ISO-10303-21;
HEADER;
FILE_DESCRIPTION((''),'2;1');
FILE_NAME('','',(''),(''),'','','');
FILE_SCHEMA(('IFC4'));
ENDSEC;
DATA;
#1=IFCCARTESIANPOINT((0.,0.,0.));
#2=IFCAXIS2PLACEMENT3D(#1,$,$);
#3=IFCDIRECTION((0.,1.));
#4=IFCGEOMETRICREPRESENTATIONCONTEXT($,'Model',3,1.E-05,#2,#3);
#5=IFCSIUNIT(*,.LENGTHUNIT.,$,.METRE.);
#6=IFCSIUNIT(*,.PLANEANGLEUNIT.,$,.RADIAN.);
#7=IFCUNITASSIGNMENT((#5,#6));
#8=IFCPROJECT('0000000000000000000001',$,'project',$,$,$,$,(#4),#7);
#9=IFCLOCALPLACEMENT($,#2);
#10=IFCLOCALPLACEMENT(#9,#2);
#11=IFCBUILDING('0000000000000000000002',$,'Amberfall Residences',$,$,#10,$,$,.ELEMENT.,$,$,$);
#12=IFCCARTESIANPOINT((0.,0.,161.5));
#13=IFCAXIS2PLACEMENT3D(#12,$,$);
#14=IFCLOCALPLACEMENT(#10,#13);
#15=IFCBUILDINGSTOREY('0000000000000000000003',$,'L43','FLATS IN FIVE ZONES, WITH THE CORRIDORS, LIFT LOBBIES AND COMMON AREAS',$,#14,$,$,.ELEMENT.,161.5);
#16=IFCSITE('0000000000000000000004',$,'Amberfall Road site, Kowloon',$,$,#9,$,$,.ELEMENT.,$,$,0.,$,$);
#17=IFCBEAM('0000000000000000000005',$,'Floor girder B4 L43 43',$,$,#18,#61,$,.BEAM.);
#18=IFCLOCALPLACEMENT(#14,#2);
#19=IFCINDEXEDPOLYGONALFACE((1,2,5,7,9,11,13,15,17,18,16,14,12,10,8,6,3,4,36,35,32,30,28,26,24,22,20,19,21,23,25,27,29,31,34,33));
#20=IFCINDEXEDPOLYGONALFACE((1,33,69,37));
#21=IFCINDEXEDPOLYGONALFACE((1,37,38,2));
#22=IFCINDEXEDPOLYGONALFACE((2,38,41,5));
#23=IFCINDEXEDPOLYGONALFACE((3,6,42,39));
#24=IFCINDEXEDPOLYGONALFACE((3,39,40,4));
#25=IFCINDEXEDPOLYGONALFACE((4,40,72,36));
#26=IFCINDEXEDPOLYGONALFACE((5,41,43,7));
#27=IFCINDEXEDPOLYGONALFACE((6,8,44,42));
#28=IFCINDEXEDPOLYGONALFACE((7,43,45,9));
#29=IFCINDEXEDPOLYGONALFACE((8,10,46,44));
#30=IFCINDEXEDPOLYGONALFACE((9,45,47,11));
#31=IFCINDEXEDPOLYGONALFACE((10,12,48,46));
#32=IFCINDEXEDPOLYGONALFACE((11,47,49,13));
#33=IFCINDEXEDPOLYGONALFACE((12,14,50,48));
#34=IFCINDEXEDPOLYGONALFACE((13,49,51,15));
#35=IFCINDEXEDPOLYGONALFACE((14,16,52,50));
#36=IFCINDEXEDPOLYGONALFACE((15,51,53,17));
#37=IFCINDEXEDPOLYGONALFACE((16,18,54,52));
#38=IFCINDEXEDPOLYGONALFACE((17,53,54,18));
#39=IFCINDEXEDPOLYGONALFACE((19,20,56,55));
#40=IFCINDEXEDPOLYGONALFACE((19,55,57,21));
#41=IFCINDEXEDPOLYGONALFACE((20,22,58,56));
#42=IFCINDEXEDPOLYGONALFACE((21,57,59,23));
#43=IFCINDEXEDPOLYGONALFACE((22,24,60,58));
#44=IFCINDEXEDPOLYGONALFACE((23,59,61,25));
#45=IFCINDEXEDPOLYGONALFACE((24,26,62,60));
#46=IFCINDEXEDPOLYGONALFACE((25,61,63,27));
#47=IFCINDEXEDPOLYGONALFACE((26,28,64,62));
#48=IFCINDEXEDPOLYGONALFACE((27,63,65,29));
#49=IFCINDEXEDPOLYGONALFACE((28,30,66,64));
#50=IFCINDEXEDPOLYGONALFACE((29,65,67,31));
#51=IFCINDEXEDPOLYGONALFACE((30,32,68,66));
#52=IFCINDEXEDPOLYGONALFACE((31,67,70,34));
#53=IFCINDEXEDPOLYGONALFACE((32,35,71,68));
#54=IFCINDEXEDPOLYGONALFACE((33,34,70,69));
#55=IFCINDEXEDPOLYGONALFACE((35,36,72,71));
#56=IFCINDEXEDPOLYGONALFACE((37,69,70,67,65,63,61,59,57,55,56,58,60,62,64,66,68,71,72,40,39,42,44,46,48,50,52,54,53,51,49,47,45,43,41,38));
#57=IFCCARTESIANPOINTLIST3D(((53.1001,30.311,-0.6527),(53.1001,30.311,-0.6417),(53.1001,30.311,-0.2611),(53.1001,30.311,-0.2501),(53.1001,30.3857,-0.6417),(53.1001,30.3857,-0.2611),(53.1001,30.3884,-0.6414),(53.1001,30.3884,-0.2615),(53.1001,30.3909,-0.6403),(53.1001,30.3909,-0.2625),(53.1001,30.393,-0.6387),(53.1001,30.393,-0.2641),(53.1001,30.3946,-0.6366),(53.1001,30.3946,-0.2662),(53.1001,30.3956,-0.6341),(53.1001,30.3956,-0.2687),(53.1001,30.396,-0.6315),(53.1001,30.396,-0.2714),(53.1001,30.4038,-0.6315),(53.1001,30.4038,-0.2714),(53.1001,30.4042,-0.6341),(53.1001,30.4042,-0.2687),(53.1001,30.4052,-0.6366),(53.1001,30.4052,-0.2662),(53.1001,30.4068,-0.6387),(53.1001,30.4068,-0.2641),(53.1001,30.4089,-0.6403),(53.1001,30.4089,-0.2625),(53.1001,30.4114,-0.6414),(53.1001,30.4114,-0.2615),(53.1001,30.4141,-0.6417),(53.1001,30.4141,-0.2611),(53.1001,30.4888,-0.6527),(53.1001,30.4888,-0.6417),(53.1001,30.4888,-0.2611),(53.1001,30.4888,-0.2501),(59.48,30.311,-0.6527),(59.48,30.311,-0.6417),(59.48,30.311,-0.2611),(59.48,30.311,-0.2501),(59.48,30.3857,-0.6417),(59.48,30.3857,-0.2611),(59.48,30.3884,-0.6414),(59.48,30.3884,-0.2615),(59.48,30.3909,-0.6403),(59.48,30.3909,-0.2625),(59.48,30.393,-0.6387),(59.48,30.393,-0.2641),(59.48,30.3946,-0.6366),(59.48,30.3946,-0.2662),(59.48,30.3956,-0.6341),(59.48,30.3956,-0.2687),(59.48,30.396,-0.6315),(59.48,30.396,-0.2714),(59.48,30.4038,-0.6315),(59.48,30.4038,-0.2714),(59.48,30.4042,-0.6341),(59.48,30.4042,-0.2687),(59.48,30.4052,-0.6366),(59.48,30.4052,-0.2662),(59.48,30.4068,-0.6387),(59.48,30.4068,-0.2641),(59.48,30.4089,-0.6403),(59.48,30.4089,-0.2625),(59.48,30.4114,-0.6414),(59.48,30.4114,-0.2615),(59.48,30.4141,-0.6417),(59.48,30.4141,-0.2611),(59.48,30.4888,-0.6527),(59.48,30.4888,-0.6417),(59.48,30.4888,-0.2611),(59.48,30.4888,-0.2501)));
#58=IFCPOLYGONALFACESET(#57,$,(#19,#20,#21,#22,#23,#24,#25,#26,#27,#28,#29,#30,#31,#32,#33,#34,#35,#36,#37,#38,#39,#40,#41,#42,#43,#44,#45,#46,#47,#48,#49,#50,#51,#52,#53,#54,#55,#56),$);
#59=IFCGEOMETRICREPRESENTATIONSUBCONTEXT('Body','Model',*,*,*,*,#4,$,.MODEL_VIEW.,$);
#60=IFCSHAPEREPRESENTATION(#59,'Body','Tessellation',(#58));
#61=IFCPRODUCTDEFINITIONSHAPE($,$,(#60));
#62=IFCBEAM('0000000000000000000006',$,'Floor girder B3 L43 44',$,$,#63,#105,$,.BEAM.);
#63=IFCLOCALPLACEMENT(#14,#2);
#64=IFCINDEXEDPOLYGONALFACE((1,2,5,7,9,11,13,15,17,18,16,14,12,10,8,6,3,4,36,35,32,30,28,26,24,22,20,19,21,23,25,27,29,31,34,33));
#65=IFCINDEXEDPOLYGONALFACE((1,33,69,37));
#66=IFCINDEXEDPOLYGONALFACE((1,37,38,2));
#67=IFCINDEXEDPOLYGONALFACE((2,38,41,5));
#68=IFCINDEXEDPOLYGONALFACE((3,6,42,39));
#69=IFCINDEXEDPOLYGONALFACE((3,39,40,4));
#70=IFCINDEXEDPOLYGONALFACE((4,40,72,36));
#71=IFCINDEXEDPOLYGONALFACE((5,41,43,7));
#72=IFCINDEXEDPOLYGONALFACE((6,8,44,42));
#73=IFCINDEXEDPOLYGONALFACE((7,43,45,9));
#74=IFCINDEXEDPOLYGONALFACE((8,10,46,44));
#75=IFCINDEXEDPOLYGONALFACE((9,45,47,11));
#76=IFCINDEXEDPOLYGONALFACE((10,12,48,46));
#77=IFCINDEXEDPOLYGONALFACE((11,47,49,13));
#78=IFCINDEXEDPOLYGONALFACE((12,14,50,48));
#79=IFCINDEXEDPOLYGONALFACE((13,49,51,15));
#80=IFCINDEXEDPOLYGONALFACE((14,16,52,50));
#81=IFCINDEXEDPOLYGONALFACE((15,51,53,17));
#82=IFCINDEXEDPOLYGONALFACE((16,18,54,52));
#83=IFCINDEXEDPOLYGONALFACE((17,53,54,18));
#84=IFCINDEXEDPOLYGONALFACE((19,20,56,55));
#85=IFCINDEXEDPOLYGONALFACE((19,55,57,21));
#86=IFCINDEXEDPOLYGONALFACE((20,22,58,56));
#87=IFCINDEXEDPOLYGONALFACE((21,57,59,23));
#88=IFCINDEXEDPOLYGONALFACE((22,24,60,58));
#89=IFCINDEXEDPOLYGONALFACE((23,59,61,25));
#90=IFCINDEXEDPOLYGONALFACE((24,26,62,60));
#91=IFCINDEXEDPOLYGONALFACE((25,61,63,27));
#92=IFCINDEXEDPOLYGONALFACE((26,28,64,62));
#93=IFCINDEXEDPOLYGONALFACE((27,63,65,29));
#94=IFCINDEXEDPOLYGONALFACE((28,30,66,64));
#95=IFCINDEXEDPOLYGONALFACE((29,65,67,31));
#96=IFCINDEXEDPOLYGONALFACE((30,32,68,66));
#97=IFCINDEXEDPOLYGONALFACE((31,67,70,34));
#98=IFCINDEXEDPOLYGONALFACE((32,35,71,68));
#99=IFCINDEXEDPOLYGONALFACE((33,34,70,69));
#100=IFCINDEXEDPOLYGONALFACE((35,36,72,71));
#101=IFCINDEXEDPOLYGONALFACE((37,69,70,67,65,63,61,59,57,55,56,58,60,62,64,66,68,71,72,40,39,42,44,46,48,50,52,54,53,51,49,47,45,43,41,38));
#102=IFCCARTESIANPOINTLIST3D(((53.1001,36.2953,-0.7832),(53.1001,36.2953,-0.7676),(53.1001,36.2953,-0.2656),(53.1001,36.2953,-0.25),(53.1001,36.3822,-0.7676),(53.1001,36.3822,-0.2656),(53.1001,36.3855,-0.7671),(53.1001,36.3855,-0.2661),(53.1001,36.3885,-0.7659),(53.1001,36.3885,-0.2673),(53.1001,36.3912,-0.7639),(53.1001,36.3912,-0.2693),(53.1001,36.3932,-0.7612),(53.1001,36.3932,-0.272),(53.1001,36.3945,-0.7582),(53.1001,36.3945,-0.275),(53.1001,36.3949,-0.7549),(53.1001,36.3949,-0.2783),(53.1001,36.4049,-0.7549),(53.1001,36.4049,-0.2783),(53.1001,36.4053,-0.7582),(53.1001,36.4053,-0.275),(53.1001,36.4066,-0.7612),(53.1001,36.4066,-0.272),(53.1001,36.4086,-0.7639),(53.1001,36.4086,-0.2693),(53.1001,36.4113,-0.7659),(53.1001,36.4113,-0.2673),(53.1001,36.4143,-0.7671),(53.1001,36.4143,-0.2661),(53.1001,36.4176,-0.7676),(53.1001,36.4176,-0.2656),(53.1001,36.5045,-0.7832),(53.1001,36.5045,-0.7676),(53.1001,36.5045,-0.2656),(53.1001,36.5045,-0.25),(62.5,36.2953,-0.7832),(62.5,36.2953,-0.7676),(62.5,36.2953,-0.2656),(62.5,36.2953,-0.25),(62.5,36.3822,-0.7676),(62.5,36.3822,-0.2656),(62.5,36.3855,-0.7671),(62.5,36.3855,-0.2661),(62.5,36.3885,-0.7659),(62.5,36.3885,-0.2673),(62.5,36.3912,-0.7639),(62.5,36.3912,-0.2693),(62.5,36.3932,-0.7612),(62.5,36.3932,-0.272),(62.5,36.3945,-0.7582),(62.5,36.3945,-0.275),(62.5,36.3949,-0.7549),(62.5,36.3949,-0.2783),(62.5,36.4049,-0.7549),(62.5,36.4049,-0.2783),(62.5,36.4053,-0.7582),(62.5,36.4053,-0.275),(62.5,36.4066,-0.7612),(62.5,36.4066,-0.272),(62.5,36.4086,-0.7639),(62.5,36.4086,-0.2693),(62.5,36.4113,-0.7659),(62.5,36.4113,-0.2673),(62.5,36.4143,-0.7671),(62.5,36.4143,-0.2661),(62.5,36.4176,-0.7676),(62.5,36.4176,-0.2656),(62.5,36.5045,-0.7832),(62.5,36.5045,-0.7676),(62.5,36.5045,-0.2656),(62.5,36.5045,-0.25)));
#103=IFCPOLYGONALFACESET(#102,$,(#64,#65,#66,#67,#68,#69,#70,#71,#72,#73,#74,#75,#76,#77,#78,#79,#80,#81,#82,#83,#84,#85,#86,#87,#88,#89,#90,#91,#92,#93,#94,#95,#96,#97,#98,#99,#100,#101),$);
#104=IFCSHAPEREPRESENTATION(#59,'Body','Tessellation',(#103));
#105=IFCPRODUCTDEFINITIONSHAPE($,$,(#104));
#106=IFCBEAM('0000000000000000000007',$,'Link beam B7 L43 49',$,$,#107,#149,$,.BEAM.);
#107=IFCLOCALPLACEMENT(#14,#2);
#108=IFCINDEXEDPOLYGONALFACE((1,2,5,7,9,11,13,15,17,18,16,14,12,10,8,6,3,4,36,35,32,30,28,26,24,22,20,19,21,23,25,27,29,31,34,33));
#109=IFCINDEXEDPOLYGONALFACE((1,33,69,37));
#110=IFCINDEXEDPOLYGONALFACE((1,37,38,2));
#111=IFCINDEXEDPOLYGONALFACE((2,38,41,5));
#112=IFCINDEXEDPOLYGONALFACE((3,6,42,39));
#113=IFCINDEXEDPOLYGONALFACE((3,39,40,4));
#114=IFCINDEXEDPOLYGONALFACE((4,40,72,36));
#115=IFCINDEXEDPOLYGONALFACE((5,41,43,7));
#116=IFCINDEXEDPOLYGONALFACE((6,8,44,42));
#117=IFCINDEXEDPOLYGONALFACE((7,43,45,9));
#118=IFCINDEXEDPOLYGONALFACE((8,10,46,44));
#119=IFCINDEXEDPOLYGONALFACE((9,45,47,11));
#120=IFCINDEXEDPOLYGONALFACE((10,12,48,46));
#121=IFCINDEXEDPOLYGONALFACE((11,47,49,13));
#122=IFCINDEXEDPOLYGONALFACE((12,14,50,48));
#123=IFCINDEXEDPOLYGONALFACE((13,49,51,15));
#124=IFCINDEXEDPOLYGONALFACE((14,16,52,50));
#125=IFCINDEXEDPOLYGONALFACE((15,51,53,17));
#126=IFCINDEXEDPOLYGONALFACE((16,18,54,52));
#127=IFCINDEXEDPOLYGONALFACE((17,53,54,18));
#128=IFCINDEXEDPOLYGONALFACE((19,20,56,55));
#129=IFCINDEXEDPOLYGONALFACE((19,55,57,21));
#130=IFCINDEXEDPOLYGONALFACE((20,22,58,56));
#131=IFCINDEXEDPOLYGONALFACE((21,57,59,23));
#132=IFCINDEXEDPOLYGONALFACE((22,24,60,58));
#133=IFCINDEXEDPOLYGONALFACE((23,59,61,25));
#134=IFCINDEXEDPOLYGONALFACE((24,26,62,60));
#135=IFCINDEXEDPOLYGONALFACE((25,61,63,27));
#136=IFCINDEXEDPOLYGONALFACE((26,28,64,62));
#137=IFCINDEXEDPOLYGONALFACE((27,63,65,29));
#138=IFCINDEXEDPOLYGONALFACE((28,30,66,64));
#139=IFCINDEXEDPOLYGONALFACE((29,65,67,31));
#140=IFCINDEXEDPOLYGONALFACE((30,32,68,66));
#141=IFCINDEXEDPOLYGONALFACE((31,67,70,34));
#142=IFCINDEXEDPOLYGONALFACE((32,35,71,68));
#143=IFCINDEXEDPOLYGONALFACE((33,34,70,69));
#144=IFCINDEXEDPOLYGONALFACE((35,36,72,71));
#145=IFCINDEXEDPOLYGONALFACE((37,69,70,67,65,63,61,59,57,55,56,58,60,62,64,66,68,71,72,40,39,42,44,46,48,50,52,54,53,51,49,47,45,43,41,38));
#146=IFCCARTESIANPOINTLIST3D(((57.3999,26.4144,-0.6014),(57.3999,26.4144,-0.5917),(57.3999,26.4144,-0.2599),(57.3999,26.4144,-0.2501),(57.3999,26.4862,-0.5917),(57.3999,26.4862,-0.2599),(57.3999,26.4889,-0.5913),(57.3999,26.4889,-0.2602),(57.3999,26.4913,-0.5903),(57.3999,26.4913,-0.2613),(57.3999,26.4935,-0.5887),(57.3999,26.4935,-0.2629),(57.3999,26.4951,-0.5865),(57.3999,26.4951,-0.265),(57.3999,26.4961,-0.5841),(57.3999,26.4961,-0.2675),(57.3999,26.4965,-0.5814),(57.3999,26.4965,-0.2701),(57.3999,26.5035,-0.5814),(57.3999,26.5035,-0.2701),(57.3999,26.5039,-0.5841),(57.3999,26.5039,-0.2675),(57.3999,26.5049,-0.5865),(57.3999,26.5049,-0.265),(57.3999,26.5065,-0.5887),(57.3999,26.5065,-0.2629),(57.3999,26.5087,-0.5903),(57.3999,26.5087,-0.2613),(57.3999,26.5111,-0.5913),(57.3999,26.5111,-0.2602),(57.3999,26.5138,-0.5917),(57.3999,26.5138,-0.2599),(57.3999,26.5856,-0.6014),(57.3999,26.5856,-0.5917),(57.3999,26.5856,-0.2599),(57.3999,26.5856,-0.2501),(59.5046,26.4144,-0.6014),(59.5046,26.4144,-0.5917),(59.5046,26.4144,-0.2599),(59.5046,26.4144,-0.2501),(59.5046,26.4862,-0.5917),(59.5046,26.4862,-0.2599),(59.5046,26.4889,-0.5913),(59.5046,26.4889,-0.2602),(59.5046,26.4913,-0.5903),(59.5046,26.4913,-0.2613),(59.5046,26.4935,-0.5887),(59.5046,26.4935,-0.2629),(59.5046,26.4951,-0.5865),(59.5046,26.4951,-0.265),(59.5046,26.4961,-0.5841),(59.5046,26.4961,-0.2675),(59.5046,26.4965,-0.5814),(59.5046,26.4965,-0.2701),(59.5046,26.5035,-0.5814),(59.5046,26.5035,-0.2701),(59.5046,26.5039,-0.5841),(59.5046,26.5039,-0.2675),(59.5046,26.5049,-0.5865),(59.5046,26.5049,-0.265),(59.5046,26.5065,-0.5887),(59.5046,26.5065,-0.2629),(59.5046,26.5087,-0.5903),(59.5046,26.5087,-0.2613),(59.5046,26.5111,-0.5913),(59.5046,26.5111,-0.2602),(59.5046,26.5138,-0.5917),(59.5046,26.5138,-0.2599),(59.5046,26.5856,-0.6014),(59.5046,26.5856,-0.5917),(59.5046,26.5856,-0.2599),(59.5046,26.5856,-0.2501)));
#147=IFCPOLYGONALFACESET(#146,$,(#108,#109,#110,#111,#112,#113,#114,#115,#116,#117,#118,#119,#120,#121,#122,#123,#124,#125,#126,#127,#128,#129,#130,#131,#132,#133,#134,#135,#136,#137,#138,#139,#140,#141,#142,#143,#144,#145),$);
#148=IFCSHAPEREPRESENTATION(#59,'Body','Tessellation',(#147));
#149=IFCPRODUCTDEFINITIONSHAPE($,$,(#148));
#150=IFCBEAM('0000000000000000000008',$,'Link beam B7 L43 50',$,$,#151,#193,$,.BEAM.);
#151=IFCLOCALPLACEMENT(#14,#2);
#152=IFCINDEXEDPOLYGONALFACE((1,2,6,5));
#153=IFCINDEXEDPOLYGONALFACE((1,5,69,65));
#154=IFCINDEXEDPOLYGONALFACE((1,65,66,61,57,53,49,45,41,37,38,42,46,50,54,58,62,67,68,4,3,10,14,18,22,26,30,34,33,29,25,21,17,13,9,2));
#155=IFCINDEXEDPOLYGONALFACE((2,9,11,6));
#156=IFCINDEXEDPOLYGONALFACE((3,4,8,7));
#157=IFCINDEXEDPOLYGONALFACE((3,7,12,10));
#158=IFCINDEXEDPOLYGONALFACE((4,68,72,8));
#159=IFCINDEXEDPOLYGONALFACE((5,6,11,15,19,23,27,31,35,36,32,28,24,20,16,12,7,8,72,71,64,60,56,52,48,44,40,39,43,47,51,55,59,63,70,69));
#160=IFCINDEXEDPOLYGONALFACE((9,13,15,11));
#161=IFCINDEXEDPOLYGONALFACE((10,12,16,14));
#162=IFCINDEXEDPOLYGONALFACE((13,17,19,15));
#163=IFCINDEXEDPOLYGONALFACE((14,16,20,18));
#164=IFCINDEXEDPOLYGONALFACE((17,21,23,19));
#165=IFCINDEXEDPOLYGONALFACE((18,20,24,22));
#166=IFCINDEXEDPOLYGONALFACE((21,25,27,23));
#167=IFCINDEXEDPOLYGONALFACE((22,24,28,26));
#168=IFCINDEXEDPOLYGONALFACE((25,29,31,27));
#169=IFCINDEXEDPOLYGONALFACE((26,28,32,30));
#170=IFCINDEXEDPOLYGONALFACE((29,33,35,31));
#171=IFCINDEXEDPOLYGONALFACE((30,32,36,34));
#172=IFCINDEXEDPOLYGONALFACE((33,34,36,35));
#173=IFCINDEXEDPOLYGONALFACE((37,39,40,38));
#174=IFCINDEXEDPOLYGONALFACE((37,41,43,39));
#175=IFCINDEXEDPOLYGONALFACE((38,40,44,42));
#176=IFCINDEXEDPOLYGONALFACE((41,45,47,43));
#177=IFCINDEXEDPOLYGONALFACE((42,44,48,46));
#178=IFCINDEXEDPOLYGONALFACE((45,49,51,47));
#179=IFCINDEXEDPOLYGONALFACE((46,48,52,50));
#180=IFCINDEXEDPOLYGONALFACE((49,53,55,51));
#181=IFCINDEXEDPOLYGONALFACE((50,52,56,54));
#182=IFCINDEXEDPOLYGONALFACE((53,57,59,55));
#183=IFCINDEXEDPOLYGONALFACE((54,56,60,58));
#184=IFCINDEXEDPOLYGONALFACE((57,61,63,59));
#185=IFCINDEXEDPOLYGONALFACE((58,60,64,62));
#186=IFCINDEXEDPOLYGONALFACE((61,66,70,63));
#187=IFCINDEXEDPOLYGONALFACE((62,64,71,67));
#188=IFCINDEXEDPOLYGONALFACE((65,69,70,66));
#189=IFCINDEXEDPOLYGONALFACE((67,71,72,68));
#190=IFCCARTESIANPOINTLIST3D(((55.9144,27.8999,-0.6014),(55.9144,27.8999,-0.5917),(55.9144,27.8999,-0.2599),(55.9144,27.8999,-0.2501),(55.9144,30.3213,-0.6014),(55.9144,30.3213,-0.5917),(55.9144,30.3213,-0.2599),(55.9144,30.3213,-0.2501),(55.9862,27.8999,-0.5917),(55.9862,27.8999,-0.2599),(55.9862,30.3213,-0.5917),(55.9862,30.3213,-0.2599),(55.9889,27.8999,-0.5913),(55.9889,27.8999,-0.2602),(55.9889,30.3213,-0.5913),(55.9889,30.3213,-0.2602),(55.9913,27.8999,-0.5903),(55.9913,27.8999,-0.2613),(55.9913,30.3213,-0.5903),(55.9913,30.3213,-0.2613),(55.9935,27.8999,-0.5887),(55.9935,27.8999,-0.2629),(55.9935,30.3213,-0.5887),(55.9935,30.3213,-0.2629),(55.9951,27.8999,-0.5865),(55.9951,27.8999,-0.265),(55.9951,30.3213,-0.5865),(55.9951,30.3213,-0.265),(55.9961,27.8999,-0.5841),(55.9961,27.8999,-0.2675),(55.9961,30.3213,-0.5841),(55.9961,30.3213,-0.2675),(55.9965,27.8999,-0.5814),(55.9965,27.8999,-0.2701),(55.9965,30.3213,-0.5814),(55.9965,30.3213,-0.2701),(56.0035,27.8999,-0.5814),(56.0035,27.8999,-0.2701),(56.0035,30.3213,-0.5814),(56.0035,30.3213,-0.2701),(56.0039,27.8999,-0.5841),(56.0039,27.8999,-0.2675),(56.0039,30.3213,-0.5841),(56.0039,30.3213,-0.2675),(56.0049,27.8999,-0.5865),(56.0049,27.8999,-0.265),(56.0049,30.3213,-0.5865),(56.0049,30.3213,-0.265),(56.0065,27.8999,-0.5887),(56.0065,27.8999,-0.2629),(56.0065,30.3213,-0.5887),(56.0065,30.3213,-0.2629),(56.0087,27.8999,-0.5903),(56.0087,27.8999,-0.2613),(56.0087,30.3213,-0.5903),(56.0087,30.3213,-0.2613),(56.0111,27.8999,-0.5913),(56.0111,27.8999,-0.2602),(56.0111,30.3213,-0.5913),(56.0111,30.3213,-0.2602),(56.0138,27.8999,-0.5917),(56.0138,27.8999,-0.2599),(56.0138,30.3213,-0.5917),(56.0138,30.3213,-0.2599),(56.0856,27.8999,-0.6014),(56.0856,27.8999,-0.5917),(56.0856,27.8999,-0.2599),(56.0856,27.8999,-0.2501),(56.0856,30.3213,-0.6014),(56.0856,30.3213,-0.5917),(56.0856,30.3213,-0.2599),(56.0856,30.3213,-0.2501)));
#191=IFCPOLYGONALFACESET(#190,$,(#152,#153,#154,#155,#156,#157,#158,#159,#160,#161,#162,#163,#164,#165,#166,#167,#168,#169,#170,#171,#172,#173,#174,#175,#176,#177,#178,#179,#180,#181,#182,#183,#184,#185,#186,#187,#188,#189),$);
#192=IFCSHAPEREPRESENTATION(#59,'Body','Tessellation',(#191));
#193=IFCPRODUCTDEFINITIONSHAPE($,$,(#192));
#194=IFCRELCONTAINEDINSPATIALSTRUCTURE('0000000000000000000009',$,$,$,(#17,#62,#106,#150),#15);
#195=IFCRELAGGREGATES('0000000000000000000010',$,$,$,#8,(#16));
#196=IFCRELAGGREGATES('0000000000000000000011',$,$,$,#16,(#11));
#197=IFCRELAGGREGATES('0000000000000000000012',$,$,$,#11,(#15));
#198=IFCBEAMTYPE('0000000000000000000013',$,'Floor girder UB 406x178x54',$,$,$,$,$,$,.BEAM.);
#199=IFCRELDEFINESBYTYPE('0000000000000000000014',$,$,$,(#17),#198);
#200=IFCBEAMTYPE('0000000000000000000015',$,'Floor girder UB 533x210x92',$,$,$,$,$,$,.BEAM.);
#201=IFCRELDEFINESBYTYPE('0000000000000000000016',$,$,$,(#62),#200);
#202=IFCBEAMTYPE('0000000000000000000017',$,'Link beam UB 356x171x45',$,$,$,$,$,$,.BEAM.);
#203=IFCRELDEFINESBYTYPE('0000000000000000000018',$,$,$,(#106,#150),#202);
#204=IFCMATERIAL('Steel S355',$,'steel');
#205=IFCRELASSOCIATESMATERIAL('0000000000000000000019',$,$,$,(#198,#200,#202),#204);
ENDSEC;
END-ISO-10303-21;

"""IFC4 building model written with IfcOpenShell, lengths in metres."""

from ifc_helpers import new_model, si_unit, direction, frame, origin, origin_2d, place, context, subcontext, project, spatial, i_section, extrude, material, material_profile, profile_set, type_object, element, save


model = new_model("IFC4")

# Units and contexts
model_context = context("Model", 3, precision=1e-05, world=origin(), true_north=direction((0.0, 1.0)))
body_context = subcontext(model_context, "Body", "Model", "MODEL_VIEW")
ifc_project = project(units=[si_unit("LENGTHUNIT", "METRE"), si_unit("PLANEANGLEUNIT", "RADIAN")], contexts=[model_context])

# Site, building, storey
site_placement = place(None, origin())
site = spatial("IfcSite", under=ifc_project, at=site_placement, Name="Amberfall Road site, Kowloon", CompositionType="ELEMENT", RefElevation=0.0)
building_placement = place(site_placement, origin())
building = spatial("IfcBuilding", under=site, at=building_placement, Name="Amberfall Residences", CompositionType="ELEMENT")
storey_placement = place(building_placement, frame((0.0, 0.0, 161.5)))
storey = spatial("IfcBuildingStorey", under=building, at=storey_placement, Name="L43", Description="FLATS IN FIVE ZONES, WITH THE CORRIDORS, LIFT LOBBIES AND COMMON AREAS", CompositionType="ELEMENT", Elevation=161.5)

# Beams
ifc_material_1 = material(Name="Steel S355", Category="steel")
ifc_material_profile_1 = material_profile(ifc_material_1, i_section(OverallWidth=0.1777, OverallDepth=0.4026, WebThickness=0.0078, FlangeThickness=0.011, FilletRadius=0.0103, at=origin_2d()), Name="UB 406x178x54")
ifc_profile_set_1 = profile_set([ifc_material_profile_1], Name="Steel S355")
beam_type_1 = type_object("IfcBeamType", Name="Floor girder UB 406x178x54", PredefinedType="BEAM", material=ifc_profile_set_1)
beam_1_placement = place(storey_placement, frame((53.1001, 30.3999, -0.4514), z_axis=(1.0, 0.0, 0.0), x_axis=(0.0, 1.0, 0.0)))
element("IfcBeam", 1, at=beam_1_placement, inside=storey, type_object=beam_type_1, Name="Floor girder B4 L43 43", PredefinedType="BEAM", context=body_context, shape_type="SweptSolid", body=[
    extrude(i_section(OverallWidth=0.1777, OverallDepth=0.4026, WebThickness=0.0078, FlangeThickness=0.011, FilletRadius=0.0103, at=origin_2d()), origin(), (0.0, 0.0, 1.0), 6.3799),
])
ifc_material_profile_2 = material_profile(ifc_material_1, i_section(OverallWidth=0.2092, OverallDepth=0.5332, WebThickness=0.01, FlangeThickness=0.0156, FilletRadius=0.0127, at=origin_2d()), Name="UB 533x210x92")
ifc_profile_set_2 = profile_set([ifc_material_profile_2], Name="Steel S355")
beam_type_2 = type_object("IfcBeamType", Name="Floor girder UB 533x210x92", PredefinedType="BEAM", material=ifc_profile_set_2)
beam_2_placement = place(storey_placement, frame((53.1001, 36.3999, -0.5166), z_axis=(1.0, 0.0, 0.0), x_axis=(0.0, 1.0, 0.0)))
element("IfcBeam", 2, at=beam_2_placement, inside=storey, type_object=beam_type_2, Name="Floor girder B3 L43 44", PredefinedType="BEAM", context=body_context, shape_type="SweptSolid", body=[
    extrude(i_section(OverallWidth=0.2092, OverallDepth=0.5332, WebThickness=0.01, FlangeThickness=0.0156, FilletRadius=0.0127, at=origin_2d()), origin(), (0.0, 0.0, 1.0), 9.3999),
])
ifc_material_profile_3 = material_profile(ifc_material_1, i_section(OverallWidth=0.1711, OverallDepth=0.3513, WebThickness=0.0071, FlangeThickness=0.0098, FilletRadius=0.0103, at=origin_2d()), Name="UB 356x171x45")
ifc_profile_set_3 = profile_set([ifc_material_profile_3], Name="Steel S355")
beam_type_3 = type_object("IfcBeamType", Name="Link beam UB 356x171x45", PredefinedType="BEAM", material=ifc_profile_set_3)
beam_3_placement = place(storey_placement, frame((57.3999, 26.5, -0.4258), z_axis=(1.0, 0.0, 0.0), x_axis=(0.0, 1.0, 0.0)))
element("IfcBeam", 3, at=beam_3_placement, inside=storey, type_object=beam_type_3, Name="Link beam B7 L43 49", PredefinedType="BEAM", context=body_context, shape_type="SweptSolid", body=[
    extrude(i_section(OverallWidth=0.1711, OverallDepth=0.3513, WebThickness=0.0071, FlangeThickness=0.0098, FilletRadius=0.0103, at=origin_2d()), origin(), (0.0, 0.0, 1.0), 2.1047),
])
beam_4_placement = place(storey_placement, frame((56.0, 27.8999, -0.4258), z_axis=(0.0, 1.0, 0.0), x_axis=(-1.0, 0.0, 0.0)))
element("IfcBeam", 4, at=beam_4_placement, inside=storey, type_object=beam_type_3, Name="Link beam B7 L43 50", PredefinedType="BEAM", context=body_context, shape_type="SweptSolid", body=[
    extrude(i_section(OverallWidth=0.1711, OverallDepth=0.3513, WebThickness=0.0071, FlangeThickness=0.0098, FilletRadius=0.0103, at=origin_2d()), origin(), (0.0, 0.0, 1.0), 2.4214),
])

save(model, "model.ifc")
